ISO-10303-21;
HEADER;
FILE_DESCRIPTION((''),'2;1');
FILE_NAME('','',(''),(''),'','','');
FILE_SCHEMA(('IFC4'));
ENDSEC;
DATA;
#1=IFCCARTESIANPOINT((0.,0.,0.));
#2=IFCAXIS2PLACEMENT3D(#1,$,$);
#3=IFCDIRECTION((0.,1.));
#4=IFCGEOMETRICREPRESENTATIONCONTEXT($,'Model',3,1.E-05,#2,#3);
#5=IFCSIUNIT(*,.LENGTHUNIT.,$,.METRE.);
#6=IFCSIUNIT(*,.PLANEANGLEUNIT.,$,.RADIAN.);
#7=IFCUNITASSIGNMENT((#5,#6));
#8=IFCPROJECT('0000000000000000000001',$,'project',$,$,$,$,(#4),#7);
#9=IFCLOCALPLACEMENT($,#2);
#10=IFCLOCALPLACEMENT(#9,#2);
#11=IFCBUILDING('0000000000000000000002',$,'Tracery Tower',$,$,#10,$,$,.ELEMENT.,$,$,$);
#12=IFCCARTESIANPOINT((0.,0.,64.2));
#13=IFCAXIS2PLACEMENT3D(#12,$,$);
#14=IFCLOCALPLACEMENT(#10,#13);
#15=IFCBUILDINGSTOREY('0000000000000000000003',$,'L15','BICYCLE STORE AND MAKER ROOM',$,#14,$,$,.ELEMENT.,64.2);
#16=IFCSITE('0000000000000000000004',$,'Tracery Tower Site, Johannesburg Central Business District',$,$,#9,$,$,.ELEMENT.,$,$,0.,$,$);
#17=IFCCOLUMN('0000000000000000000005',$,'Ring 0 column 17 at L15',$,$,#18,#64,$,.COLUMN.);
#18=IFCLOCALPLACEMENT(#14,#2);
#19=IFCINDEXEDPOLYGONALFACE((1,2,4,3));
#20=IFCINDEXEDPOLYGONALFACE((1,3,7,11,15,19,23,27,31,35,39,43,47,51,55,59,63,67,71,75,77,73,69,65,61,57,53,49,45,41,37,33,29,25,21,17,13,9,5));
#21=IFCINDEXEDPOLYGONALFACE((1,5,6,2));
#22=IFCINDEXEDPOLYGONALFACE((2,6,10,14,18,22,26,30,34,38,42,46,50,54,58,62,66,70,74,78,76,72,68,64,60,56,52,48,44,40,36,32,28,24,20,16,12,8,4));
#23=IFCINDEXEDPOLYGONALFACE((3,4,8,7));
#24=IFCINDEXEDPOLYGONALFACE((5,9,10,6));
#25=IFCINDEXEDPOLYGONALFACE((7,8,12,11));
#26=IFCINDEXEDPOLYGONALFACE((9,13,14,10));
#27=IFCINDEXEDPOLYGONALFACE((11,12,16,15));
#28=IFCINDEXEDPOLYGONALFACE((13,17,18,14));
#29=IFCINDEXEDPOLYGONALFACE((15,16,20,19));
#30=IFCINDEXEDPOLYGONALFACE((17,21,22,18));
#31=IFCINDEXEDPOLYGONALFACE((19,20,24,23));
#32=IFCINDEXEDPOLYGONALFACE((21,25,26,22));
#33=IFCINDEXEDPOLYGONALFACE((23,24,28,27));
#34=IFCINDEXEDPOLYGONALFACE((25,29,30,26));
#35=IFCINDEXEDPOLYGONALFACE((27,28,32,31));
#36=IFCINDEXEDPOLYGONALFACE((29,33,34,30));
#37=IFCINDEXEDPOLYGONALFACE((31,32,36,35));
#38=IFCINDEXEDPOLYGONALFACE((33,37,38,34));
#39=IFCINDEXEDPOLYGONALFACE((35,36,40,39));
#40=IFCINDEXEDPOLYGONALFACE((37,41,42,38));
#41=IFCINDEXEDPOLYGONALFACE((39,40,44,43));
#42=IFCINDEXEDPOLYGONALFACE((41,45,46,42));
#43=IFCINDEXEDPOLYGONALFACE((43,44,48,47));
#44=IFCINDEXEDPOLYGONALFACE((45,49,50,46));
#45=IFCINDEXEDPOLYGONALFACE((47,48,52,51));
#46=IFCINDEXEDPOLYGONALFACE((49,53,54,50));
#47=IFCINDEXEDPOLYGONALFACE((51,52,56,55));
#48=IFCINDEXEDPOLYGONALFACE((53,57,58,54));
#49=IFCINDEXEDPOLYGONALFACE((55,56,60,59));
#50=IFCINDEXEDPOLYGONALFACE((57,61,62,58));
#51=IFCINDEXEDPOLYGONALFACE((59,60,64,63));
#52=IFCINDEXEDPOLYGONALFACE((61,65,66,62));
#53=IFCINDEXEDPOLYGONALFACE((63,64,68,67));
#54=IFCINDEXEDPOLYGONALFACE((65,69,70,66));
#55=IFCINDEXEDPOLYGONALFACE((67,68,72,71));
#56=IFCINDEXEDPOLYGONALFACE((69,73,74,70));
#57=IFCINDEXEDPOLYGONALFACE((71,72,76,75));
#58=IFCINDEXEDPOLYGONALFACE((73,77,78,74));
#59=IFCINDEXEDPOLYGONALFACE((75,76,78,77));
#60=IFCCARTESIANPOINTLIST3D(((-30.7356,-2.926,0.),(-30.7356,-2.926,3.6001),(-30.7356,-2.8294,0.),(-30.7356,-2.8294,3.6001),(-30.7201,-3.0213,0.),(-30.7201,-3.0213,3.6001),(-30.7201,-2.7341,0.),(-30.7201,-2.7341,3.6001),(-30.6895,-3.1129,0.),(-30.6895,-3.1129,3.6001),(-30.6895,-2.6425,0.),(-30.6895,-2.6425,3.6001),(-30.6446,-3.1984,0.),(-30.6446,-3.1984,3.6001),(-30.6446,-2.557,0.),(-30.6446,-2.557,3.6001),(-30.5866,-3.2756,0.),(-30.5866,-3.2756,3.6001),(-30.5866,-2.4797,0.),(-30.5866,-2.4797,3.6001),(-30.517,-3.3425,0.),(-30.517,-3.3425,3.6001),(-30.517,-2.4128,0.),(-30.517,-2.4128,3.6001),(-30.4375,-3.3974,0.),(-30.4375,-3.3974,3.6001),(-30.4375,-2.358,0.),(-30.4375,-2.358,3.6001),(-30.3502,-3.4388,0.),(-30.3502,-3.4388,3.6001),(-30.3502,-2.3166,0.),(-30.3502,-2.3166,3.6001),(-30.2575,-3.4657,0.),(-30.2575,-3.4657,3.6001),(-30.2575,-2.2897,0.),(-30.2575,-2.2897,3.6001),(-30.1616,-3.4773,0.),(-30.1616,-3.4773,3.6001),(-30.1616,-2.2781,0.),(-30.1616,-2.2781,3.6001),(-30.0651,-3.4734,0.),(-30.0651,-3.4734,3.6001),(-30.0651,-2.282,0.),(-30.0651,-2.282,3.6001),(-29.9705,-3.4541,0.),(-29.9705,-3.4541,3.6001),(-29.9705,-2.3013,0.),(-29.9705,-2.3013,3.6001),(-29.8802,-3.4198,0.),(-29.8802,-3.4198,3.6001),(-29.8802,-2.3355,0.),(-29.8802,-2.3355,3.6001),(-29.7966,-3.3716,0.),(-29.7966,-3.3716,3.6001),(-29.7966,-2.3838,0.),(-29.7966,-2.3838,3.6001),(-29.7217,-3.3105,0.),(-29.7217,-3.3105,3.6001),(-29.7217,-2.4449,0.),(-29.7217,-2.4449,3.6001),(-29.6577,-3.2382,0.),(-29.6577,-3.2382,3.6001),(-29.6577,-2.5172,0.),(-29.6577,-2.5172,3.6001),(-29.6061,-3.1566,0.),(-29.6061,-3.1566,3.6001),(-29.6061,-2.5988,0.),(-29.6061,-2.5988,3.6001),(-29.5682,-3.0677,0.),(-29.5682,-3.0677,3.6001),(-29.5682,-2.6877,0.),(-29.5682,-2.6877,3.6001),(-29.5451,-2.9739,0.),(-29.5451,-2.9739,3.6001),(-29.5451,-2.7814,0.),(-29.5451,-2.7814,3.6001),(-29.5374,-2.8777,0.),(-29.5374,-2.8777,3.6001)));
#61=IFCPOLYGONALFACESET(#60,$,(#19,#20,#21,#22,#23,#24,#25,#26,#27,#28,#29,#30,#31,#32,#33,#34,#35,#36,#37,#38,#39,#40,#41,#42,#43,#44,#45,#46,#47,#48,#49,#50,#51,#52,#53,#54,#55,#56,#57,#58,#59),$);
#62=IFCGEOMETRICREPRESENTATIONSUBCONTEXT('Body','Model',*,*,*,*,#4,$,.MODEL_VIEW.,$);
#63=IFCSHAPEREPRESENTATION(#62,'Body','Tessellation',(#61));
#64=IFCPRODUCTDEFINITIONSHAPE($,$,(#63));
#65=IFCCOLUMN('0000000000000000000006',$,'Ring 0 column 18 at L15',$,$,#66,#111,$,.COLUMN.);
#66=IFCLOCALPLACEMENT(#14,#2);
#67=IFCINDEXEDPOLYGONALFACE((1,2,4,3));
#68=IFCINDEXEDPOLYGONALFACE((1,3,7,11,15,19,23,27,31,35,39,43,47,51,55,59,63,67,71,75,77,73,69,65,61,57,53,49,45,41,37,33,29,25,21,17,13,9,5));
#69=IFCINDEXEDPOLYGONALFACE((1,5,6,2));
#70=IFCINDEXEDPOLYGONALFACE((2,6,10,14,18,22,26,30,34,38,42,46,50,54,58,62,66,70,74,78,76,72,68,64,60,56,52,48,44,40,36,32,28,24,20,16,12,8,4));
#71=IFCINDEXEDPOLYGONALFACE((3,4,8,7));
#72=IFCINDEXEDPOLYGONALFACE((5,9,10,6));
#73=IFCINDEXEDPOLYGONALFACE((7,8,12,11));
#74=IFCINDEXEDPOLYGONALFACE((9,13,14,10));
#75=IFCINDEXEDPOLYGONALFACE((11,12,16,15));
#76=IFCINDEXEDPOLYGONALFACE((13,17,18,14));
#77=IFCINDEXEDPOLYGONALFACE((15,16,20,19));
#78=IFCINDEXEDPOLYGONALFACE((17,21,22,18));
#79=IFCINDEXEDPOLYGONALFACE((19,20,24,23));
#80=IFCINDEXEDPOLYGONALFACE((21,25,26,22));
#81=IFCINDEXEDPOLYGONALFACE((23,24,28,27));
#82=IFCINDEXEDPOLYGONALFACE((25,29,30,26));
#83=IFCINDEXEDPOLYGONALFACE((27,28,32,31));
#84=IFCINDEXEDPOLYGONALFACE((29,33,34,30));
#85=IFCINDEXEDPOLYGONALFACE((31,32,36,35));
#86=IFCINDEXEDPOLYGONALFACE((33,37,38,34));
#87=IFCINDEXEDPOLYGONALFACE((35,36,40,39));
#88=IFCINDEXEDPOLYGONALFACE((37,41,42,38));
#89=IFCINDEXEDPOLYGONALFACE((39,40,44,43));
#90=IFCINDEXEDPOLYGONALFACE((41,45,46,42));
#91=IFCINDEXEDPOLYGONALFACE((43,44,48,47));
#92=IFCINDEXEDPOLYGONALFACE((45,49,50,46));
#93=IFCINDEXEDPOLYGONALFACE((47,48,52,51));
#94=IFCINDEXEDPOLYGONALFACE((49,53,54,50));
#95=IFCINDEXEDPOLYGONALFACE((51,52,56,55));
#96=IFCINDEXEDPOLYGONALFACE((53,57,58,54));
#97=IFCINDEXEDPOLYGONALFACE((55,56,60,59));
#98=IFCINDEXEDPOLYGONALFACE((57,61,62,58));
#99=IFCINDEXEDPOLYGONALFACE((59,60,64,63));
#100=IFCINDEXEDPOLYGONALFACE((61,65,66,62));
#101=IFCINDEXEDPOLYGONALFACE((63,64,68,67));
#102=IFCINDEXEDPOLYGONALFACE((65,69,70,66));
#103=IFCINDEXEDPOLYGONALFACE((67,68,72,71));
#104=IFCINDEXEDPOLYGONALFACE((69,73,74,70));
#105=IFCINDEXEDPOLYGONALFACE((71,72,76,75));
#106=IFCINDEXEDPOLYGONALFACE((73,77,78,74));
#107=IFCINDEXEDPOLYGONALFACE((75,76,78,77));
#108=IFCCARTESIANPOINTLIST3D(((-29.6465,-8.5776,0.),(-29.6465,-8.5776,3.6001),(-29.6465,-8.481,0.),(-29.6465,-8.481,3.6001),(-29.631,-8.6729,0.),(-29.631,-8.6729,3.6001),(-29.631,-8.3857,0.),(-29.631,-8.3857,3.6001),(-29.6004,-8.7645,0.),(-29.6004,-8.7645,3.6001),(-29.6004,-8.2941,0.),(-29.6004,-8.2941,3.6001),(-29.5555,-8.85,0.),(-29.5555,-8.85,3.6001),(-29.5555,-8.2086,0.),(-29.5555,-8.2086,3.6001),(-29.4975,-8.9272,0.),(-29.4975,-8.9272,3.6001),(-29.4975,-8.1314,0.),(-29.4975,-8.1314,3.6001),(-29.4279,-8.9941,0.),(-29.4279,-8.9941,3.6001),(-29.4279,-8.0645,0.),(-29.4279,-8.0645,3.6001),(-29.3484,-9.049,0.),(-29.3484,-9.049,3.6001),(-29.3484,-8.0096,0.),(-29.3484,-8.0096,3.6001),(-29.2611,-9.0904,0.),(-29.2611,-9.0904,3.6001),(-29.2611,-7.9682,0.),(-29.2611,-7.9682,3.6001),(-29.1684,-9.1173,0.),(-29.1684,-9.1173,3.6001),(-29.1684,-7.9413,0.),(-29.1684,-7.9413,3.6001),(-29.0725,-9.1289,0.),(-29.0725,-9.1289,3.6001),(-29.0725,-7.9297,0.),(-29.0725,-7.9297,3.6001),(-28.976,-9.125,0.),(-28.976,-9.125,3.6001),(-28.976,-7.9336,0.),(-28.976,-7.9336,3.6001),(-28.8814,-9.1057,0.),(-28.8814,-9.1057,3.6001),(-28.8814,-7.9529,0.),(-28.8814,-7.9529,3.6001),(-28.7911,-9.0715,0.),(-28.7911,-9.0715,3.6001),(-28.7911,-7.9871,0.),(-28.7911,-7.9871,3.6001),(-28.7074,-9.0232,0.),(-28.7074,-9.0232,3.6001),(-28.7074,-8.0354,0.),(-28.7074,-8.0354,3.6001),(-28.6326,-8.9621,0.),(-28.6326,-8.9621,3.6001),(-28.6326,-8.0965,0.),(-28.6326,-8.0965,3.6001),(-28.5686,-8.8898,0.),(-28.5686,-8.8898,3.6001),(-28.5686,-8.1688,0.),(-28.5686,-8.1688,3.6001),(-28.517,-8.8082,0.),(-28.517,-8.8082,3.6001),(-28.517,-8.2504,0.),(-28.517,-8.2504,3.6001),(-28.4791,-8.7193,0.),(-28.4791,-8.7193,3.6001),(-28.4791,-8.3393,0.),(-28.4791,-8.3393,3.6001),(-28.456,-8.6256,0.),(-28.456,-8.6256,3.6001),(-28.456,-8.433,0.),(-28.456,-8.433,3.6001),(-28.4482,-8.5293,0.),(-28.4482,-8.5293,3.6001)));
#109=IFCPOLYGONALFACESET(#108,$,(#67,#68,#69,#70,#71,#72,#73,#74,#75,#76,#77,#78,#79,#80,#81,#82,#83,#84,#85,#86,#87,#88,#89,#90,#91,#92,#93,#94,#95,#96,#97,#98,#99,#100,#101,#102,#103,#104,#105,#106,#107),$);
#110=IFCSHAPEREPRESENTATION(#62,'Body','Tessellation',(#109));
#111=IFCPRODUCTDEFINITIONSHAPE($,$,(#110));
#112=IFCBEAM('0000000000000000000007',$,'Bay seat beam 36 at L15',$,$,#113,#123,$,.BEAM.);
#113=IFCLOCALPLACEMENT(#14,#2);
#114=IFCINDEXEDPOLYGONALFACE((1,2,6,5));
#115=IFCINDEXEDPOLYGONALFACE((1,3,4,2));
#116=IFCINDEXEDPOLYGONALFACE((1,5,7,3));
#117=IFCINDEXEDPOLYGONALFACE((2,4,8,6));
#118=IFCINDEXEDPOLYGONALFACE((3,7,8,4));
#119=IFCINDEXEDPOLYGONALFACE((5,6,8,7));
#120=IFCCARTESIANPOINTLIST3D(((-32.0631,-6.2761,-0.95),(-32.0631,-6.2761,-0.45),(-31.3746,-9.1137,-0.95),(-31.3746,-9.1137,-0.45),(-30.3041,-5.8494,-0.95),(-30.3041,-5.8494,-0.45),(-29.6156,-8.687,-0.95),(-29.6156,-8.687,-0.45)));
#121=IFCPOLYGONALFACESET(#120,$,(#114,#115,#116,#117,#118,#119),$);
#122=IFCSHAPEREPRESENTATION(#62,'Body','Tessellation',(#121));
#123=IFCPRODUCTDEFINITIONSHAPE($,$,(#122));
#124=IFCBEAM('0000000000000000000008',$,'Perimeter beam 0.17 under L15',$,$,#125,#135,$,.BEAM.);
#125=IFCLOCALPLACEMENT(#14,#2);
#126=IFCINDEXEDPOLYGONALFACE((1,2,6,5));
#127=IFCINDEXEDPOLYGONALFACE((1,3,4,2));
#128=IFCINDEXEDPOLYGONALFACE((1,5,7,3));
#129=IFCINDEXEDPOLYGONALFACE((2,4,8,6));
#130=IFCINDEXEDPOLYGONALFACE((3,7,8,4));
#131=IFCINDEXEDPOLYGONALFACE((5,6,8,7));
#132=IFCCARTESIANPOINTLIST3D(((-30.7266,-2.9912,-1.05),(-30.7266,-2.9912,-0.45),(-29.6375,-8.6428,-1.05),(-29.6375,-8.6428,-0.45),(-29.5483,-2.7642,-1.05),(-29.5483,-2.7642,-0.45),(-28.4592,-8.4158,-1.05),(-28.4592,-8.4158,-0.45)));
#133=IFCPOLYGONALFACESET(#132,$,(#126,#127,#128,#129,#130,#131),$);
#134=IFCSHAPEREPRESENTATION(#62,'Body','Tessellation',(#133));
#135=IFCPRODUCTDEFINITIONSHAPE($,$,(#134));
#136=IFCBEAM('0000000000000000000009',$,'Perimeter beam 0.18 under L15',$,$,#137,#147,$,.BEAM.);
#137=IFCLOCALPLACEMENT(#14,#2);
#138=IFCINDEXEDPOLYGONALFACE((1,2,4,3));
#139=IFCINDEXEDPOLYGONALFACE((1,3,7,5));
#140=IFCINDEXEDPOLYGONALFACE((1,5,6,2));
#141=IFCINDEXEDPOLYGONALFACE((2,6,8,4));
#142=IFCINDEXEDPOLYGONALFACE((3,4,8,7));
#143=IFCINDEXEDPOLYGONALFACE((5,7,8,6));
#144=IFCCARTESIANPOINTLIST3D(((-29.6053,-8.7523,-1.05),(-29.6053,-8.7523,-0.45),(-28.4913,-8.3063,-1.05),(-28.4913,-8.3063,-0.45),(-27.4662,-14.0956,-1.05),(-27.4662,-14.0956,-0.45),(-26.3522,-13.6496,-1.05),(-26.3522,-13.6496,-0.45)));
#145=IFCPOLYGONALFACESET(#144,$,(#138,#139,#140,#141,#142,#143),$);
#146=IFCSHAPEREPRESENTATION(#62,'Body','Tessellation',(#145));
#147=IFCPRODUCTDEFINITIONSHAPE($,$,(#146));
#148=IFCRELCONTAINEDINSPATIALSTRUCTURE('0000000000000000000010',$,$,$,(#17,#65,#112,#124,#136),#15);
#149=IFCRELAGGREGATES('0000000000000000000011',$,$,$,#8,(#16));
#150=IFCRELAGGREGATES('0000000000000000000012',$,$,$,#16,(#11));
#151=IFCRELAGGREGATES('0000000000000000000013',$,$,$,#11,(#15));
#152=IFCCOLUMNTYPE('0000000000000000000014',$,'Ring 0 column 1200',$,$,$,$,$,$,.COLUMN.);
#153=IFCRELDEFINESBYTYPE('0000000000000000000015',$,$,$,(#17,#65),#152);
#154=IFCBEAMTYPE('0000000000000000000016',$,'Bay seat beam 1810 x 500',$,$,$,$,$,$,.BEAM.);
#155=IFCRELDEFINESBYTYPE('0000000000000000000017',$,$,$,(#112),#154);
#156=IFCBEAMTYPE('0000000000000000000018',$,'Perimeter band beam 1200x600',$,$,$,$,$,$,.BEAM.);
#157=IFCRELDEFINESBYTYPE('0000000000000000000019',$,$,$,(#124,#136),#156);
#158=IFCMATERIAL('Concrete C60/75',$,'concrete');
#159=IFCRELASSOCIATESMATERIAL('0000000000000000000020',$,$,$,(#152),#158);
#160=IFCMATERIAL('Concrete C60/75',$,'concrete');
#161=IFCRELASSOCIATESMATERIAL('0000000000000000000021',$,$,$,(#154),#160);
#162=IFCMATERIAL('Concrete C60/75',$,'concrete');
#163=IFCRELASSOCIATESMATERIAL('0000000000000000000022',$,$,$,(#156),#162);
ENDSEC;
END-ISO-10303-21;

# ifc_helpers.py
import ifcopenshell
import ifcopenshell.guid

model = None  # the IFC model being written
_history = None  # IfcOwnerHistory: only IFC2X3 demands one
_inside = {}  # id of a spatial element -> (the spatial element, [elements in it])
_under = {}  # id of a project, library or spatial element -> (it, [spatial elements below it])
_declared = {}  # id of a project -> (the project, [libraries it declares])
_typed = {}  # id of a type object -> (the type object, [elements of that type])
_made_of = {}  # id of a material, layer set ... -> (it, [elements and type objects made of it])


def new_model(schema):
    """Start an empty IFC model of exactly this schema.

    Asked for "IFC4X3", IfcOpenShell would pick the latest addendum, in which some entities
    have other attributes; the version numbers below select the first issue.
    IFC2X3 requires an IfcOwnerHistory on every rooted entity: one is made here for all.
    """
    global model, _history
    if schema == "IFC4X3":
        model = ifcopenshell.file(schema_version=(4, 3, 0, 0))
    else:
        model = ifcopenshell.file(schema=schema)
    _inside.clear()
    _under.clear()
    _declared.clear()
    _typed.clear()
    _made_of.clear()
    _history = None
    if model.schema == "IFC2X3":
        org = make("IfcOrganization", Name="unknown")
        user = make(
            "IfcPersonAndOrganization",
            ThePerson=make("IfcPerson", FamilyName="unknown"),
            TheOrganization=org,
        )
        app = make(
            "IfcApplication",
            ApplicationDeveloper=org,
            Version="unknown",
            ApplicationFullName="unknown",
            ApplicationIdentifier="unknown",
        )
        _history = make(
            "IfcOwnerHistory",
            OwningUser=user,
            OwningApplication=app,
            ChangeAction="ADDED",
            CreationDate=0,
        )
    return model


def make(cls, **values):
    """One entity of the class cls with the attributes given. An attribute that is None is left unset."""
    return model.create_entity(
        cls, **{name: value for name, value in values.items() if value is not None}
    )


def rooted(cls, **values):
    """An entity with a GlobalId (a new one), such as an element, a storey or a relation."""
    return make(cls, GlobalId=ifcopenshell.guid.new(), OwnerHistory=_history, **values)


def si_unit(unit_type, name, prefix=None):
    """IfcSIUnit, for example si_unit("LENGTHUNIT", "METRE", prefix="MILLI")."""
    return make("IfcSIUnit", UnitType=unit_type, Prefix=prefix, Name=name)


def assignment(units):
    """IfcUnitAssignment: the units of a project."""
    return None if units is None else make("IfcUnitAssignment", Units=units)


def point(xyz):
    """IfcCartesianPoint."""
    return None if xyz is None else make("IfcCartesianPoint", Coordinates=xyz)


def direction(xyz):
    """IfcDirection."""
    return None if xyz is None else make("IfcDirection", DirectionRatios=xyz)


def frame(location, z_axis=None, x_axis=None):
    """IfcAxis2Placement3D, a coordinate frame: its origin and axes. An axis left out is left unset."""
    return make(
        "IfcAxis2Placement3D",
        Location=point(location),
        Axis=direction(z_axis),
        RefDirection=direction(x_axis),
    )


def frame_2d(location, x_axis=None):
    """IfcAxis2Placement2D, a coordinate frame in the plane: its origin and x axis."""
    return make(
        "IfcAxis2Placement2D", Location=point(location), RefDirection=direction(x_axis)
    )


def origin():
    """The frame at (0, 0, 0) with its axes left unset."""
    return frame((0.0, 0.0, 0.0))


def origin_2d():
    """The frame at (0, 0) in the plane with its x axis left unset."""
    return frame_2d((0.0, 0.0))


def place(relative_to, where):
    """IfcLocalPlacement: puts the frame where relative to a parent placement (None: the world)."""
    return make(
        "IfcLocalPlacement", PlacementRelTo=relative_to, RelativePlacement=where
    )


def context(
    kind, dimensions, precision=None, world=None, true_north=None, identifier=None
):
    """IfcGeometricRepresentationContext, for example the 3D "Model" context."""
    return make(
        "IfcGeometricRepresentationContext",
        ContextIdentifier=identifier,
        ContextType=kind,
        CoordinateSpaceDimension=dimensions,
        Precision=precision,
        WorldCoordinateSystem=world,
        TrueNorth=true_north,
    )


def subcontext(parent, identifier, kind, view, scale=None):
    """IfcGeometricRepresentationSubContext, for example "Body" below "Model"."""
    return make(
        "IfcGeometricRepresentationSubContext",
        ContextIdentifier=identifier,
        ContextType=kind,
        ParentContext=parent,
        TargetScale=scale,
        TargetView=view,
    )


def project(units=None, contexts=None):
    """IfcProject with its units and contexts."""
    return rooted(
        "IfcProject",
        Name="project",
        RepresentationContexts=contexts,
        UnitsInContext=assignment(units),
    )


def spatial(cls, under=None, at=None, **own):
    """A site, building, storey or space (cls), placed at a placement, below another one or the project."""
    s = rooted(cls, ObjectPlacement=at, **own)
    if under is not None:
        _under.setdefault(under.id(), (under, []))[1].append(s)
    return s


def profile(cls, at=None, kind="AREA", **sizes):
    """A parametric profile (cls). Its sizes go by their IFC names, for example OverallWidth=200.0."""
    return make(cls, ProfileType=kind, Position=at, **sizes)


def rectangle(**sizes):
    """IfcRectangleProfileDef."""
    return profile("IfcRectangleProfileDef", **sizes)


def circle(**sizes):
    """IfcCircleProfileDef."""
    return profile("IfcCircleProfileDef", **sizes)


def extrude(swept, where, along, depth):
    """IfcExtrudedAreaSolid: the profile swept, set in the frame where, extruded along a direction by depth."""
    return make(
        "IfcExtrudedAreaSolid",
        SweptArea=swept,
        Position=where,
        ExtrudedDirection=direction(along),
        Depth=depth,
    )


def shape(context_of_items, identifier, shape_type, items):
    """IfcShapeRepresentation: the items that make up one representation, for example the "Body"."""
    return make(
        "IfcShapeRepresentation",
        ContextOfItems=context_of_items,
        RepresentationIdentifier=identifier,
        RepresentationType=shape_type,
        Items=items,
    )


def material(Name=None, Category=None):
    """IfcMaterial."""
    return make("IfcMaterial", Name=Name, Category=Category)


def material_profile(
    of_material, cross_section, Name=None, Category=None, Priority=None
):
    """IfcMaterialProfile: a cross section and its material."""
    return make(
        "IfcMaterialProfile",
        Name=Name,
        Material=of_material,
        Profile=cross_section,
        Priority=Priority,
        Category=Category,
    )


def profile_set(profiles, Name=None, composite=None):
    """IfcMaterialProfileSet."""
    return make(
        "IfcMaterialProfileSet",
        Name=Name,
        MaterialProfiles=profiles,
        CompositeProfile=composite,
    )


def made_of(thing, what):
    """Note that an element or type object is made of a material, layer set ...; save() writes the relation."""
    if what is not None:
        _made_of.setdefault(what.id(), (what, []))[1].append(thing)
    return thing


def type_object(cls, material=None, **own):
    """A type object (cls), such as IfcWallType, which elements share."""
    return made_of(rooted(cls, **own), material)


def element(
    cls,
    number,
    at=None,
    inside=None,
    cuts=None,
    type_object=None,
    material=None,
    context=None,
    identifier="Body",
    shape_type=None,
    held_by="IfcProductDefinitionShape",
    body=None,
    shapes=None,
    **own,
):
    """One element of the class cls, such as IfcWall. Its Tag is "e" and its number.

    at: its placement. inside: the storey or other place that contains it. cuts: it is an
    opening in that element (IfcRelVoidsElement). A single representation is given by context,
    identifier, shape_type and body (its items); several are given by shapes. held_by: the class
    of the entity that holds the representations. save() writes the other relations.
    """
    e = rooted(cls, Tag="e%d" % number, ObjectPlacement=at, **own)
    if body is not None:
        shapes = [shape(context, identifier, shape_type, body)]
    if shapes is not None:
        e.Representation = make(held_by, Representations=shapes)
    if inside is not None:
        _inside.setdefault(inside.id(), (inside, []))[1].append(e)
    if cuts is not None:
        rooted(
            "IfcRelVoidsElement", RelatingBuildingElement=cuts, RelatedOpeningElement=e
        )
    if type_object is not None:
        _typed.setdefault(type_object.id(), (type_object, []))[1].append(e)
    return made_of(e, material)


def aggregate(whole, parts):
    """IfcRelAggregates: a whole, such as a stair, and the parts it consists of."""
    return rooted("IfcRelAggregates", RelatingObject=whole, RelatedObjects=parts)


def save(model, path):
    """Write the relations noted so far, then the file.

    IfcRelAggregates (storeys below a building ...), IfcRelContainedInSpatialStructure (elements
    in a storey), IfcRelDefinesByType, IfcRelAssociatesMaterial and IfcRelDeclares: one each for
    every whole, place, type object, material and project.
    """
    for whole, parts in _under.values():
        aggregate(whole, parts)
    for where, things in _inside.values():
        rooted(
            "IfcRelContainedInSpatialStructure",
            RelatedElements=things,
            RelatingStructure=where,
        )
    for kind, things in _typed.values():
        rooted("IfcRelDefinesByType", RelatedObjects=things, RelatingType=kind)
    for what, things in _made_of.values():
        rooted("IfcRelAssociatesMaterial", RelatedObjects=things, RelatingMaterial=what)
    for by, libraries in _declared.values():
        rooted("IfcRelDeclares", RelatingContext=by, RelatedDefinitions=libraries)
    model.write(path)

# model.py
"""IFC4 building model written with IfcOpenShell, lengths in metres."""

from ifc_helpers import new_model, si_unit, direction, frame, origin, origin_2d, place, context, subcontext, project, spatial, rectangle, circle, extrude, material, material_profile, profile_set, type_object, element, save


model = new_model("IFC4")

# Units and contexts
model_context = context("Model", 3, precision=1e-05, world=origin(), true_north=direction((0.0, 1.0)))
body_context = subcontext(model_context, "Body", "Model", "MODEL_VIEW")
ifc_project = project(units=[si_unit("LENGTHUNIT", "METRE"), si_unit("PLANEANGLEUNIT", "RADIAN")], contexts=[model_context])

# Site, building, storey
site_placement = place(None, origin())
site = spatial("IfcSite", under=ifc_project, at=site_placement, Name="Tracery Tower Site, Johannesburg Central Business District", CompositionType="ELEMENT", RefElevation=0.0)
building_placement = place(site_placement, origin())
building = spatial("IfcBuilding", under=site, at=building_placement, Name="Tracery Tower", CompositionType="ELEMENT")
storey_placement = place(building_placement, frame((0.0, 0.0, 64.2)))
storey = spatial("IfcBuildingStorey", under=building, at=storey_placement, Name="L15", Description="BICYCLE STORE AND MAKER ROOM", CompositionType="ELEMENT", Elevation=64.2)

# Columns
ifc_material_1 = material(Name="Concrete C60/75", Category="concrete")
ifc_material_profile_1 = material_profile(ifc_material_1, circle(Radius=0.6001, at=origin_2d()), Name="RC D1200")
ifc_profile_set_1 = profile_set([ifc_material_profile_1], Name="Concrete C60/75")
column_type = type_object("IfcColumnType", Name="Ring 0 column 1200", PredefinedType="COLUMN", material=ifc_profile_set_1)
for number, where, z_axis, x_axis, name in (
    (1, (-30.1375, -2.8777, 0.0), (0.0, 0.0, 1.0), (1.0, 0.0, 0.0), "Ring 0 column 17 at L15"),
    (2, (-29.0483, -8.5293, 0.0), (0.0, 0.0, 1.0), (1.0, 0.0, 0.0), "Ring 0 column 18 at L15"),
):
    element("IfcColumn", number, at=place(storey_placement, frame(where, z_axis=z_axis, x_axis=x_axis)), inside=storey, type_object=column_type, Name=name, PredefinedType="COLUMN", context=body_context, shape_type="SweptSolid", body=[
        extrude(circle(Radius=0.6001, at=origin_2d()), origin(), (0.0, 0.0, 1.0), 3.6001),
    ])

# Beams
ifc_material_2 = material(Name="Concrete C60/75", Category="concrete")
ifc_material_profile_2 = material_profile(ifc_material_2, rectangle(XDim=1.8101, YDim=0.5, at=origin_2d()), Name="RC 1810x500")
ifc_profile_set_2 = profile_set([ifc_material_profile_2], Name="Concrete C60/75")
beam_type_1 = type_object("IfcBeamType", Name="Bay seat beam 1810 x 500", PredefinedType="BEAM", material=ifc_profile_set_2)
beam_placement = place(storey_placement, frame((-31.1836, -6.0627, -0.7), z_axis=(0.235782, -0.971806, 0.0), x_axis=(0.971806, 0.235782, 0.0)))
element("IfcBeam", 3, at=beam_placement, inside=storey, type_object=beam_type_1, Name="Bay seat beam 36 at L15", PredefinedType="BEAM", context=body_context, shape_type="SweptSolid", body=[
    extrude(rectangle(XDim=1.8101, YDim=0.5, at=origin_2d()), origin(), (0.0, 0.0, 1.0), 2.9199),
])
ifc_material_3 = material(Name="Concrete C60/75", Category="concrete")
ifc_material_profile_3 = material_profile(ifc_material_3, rectangle(XDim=1.2, YDim=0.6001, at=origin_2d()), Name="RC 1200x600")
ifc_profile_set_3 = profile_set([ifc_material_profile_3], Name="Concrete C60/75")
beam_type_2 = type_object("IfcBeamType", Name="Perimeter band beam 1200x600", PredefinedType="BEAM", material=ifc_profile_set_3)
for number, where, z_axis, x_axis, name in (
    (4, (-30.1375, -2.8777, -0.75), (0.189227, -0.981933, 0.0), (0.981933, 0.189227, 0.0), "Perimeter beam 0.17 under L15"),
    (5, (-29.0483, -8.5293, -0.75), (0.371669, -0.928365, 0.0), (0.928365, 0.371669, 0.0), "Perimeter beam 0.18 under L15"),
):
    element("IfcBeam", number, at=place(storey_placement, frame(where, z_axis=z_axis, x_axis=x_axis)), inside=storey, type_object=beam_type_2, Name=name, PredefinedType="BEAM", context=body_context, shape_type="SweptSolid", body=[
        extrude(rectangle(XDim=1.2, YDim=0.6001, at=origin_2d()), origin(), (0.0, 0.0, 1.0), 5.7556),
    ])

save(model, "model.ifc")
